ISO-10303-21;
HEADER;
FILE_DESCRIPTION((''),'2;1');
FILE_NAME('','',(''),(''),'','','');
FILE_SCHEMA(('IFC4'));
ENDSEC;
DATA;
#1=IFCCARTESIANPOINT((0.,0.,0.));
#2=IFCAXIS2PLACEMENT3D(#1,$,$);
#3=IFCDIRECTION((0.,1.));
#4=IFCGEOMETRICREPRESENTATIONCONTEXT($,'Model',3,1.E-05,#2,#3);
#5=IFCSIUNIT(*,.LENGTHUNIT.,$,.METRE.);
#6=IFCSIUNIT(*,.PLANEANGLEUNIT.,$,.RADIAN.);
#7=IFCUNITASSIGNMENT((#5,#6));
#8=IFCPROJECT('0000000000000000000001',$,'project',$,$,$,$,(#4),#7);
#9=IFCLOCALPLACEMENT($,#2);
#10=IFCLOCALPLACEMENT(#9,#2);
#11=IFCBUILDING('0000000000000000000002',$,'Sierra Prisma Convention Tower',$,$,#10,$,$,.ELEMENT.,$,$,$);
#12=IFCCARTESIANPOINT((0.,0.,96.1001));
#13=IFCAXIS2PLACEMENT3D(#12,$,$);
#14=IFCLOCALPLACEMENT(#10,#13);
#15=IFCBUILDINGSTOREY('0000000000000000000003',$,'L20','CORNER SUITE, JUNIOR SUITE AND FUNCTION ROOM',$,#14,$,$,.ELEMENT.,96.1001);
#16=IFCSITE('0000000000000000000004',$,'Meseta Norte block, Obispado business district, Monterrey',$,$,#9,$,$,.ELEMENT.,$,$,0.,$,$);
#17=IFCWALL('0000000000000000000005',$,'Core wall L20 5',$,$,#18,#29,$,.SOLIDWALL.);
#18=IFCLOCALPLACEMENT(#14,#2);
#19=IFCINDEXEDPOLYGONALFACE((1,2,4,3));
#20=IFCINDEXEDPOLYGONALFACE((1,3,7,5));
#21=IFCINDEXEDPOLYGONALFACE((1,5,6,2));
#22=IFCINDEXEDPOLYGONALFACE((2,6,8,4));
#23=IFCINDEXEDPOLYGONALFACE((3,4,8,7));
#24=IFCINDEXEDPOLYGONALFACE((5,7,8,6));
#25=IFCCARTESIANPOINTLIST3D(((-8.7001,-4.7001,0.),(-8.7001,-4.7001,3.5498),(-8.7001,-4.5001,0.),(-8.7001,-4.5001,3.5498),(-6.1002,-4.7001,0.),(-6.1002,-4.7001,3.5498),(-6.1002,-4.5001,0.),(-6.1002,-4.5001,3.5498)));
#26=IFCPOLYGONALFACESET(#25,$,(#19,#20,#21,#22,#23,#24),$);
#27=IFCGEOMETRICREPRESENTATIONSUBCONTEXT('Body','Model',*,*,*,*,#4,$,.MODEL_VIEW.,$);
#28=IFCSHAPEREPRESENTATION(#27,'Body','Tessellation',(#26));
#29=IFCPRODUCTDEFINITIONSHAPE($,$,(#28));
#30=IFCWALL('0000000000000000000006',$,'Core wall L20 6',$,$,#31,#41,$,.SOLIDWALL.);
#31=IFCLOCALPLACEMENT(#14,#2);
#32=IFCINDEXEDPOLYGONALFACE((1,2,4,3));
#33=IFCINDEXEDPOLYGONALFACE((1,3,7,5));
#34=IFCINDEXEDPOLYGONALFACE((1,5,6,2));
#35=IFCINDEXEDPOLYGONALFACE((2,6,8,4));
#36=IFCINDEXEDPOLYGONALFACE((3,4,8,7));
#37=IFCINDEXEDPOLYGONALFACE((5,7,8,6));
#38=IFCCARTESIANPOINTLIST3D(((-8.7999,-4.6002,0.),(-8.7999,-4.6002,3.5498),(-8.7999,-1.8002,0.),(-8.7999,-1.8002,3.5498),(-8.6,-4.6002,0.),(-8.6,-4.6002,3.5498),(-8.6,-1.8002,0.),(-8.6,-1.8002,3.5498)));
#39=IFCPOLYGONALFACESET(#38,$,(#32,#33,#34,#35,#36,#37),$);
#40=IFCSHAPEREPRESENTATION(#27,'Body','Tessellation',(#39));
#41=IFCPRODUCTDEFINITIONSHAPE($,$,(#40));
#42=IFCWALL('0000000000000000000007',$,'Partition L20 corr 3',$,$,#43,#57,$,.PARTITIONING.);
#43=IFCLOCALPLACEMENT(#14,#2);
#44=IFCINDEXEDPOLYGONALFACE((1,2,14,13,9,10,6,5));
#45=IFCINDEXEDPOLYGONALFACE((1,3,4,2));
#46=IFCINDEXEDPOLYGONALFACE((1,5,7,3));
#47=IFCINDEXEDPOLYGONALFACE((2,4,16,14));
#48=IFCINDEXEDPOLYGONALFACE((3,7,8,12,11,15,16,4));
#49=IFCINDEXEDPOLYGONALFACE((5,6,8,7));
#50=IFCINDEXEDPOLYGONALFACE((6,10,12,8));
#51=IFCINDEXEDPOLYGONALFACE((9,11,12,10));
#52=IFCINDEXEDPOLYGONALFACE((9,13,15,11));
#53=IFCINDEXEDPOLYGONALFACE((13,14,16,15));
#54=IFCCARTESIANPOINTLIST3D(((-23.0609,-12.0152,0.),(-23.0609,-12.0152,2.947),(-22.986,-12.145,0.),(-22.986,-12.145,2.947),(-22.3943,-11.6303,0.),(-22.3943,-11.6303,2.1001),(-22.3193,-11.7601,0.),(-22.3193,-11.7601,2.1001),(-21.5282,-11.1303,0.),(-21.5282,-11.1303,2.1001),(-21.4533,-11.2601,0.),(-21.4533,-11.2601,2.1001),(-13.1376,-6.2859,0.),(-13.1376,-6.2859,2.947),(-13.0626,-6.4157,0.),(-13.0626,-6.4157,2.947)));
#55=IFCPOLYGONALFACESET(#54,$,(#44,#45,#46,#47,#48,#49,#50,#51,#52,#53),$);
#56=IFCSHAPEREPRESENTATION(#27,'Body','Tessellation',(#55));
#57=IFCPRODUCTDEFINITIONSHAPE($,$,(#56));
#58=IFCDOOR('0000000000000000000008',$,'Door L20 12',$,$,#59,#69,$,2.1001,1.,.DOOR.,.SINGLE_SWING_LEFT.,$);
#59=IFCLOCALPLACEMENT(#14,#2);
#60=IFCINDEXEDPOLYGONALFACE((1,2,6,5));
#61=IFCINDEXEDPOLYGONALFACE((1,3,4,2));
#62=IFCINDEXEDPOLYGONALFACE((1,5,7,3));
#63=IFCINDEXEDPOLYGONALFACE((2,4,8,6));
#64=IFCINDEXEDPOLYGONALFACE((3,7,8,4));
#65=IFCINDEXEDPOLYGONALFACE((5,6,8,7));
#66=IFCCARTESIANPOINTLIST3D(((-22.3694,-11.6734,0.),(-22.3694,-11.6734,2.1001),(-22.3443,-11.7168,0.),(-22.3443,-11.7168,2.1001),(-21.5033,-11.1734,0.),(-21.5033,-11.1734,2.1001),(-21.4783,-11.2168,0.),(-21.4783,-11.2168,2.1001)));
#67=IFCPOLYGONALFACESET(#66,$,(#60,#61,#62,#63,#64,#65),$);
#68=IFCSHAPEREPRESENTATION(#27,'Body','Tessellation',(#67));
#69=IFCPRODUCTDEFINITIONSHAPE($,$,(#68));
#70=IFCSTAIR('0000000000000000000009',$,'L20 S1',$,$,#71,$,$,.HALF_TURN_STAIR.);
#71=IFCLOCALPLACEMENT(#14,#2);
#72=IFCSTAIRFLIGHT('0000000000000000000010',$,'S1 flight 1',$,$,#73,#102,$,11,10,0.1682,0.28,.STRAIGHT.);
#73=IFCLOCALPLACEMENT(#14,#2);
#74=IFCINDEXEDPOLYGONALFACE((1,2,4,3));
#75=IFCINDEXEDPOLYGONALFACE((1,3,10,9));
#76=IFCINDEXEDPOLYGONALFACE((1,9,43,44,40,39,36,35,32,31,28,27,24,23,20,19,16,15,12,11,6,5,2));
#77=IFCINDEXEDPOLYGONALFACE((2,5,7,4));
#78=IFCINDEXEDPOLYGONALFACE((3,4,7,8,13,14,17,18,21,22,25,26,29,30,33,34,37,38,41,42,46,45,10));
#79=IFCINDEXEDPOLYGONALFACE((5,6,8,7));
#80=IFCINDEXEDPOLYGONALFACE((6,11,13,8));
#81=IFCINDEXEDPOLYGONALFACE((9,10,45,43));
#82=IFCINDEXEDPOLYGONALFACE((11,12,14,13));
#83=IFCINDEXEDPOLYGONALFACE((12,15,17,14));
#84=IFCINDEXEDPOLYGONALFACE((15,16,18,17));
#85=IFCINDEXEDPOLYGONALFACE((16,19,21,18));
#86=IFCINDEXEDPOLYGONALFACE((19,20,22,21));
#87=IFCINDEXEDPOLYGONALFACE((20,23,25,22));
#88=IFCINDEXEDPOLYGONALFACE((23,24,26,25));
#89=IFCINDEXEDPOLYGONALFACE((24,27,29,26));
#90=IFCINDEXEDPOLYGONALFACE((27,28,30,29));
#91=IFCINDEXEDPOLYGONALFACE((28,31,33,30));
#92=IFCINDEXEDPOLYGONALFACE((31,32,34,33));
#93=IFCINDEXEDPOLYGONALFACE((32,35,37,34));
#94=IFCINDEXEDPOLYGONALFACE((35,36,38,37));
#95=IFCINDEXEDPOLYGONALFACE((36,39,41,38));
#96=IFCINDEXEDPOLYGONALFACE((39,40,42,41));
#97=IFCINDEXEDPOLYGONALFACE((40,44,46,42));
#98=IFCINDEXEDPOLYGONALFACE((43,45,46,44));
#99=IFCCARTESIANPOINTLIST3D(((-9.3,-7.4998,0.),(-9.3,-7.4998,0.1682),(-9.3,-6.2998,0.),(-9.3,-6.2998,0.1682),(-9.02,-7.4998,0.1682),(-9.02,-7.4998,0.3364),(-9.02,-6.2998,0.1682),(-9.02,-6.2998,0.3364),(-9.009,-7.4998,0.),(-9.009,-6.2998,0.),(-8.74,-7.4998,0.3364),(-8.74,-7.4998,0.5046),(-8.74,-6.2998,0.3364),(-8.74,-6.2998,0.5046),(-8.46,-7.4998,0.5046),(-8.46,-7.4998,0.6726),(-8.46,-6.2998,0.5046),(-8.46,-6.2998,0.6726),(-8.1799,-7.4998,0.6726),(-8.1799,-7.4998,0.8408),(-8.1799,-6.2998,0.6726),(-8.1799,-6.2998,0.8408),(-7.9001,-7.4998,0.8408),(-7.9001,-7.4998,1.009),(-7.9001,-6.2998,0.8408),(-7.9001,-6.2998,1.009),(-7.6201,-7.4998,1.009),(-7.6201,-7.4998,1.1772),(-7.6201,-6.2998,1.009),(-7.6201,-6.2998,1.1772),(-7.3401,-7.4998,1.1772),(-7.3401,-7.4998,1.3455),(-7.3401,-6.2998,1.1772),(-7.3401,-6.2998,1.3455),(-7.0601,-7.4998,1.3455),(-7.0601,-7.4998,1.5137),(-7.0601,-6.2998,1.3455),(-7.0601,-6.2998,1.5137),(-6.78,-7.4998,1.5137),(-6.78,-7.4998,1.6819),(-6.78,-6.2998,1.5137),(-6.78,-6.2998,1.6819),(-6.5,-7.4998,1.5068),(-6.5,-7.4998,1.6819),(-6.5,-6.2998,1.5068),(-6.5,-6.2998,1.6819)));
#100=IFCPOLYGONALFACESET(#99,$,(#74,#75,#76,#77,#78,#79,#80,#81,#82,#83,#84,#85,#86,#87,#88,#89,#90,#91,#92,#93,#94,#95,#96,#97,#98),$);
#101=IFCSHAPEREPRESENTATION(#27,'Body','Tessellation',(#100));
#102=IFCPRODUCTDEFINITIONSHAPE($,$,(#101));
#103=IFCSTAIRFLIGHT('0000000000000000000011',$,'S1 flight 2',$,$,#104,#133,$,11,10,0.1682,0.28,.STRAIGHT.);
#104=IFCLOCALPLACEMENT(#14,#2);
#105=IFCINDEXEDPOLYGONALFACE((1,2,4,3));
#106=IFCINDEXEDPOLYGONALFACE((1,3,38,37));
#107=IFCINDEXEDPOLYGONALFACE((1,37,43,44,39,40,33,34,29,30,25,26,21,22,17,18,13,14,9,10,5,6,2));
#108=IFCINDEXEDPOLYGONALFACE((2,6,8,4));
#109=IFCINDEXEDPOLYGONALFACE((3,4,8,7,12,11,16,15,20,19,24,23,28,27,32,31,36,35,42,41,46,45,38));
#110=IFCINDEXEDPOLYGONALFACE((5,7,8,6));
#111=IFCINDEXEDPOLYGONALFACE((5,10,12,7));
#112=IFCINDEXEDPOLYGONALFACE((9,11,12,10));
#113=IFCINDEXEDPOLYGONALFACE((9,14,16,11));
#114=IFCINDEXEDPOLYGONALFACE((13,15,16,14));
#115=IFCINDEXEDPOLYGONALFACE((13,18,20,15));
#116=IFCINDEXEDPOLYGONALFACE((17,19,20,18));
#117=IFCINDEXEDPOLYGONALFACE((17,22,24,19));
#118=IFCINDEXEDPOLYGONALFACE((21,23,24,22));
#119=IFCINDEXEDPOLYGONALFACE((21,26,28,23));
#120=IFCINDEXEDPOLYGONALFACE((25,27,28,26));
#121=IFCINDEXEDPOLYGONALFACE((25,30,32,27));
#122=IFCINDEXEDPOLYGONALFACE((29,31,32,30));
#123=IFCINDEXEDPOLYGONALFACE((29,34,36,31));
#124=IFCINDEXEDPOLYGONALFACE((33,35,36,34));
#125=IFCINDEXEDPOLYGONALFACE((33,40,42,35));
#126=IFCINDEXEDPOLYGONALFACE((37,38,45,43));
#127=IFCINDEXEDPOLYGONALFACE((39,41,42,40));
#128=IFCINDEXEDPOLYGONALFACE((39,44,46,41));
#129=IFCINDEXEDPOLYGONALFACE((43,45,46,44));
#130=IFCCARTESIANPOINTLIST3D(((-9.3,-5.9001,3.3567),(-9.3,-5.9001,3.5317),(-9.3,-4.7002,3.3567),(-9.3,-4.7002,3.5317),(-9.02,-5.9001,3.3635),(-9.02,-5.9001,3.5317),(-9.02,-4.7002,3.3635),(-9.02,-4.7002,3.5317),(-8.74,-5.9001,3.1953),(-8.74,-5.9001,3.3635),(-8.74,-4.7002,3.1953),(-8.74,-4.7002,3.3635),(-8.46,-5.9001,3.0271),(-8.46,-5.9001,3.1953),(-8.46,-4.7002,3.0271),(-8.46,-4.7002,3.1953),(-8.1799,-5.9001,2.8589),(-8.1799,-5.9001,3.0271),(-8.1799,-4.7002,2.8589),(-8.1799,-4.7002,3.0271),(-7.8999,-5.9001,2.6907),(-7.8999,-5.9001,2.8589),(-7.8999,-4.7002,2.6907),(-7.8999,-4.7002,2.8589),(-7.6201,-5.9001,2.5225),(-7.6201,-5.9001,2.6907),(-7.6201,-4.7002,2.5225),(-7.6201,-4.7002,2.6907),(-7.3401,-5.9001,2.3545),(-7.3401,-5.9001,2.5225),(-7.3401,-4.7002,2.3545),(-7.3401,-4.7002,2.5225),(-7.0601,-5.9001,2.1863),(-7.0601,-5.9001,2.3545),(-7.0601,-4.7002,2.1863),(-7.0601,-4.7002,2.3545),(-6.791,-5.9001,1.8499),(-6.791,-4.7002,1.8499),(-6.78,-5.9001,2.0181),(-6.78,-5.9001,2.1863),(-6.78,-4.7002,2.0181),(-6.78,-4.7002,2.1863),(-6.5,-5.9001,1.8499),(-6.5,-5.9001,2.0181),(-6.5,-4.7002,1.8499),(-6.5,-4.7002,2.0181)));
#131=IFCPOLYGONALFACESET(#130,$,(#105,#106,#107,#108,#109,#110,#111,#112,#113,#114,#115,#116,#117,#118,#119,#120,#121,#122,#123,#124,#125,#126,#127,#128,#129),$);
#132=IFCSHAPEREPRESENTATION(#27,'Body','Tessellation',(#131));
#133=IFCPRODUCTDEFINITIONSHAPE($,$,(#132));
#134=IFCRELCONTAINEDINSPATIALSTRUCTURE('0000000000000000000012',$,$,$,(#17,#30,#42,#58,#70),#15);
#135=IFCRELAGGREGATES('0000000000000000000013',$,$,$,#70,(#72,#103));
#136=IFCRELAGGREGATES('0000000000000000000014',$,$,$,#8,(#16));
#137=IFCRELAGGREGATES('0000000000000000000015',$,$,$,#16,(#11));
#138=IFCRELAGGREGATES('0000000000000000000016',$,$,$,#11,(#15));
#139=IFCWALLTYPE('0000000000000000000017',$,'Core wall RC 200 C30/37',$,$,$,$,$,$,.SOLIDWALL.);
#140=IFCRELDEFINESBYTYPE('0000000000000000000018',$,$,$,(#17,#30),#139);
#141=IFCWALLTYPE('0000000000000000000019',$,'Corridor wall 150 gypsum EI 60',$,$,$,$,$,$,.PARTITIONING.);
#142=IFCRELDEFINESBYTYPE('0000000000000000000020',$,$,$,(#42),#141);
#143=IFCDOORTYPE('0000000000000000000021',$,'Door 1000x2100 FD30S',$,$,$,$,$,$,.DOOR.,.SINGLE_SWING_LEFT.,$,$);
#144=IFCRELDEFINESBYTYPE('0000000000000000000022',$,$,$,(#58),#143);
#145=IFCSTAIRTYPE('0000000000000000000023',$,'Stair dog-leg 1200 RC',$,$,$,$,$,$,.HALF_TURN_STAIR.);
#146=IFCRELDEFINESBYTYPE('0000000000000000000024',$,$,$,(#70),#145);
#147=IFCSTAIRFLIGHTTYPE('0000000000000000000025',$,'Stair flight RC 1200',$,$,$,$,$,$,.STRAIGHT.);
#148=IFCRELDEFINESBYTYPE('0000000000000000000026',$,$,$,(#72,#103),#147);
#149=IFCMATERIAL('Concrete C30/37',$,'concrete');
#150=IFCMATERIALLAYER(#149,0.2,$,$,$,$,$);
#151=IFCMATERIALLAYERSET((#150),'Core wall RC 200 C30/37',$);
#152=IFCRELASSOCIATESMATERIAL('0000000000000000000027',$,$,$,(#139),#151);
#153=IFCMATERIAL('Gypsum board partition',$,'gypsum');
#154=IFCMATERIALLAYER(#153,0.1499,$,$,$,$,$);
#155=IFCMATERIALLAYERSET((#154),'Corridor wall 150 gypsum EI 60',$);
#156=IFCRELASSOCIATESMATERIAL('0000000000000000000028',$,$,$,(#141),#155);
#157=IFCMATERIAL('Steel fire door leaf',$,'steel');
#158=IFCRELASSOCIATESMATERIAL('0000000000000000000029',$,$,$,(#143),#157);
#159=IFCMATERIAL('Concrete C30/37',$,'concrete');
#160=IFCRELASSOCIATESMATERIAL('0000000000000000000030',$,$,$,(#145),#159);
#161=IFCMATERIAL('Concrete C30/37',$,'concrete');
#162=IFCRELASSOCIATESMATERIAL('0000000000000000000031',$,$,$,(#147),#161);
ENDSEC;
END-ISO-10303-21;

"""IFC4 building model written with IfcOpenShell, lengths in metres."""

from ifc_helpers import new_model, si_unit, direction, frame, frame_2d, origin, place, context, subcontext, project, spatial, polyline, rectangle, outline, extrude, material, layer, layer_set, type_object, element, fill, aggregate, save


model = new_model("IFC4")

# Units and contexts
model_context = context("Model", 3, precision=1e-05, world=origin(), true_north=direction((0.0, 1.0)))
body_context = subcontext(model_context, "Body", "Model", "MODEL_VIEW")
ifc_project = project(units=[si_unit("LENGTHUNIT", "METRE"), si_unit("PLANEANGLEUNIT", "RADIAN")], contexts=[model_context])

# Site, building, storey
site_placement = place(None, origin())
site = spatial("IfcSite", under=ifc_project, at=site_placement, Name="Meseta Norte block, Obispado business district, Monterrey", CompositionType="ELEMENT", RefElevation=0.0)
building_placement = place(site_placement, origin())
building = spatial("IfcBuilding", under=site, at=building_placement, Name="Sierra Prisma Convention Tower", CompositionType="ELEMENT")
storey_placement = place(building_placement, frame((0.0, 0.0, 96.1001)))
storey = spatial("IfcBuildingStorey", under=building, at=storey_placement, Name="L20", Description="CORNER SUITE, JUNIOR SUITE AND FUNCTION ROOM", CompositionType="ELEMENT", Elevation=96.1001)

# Shared definitions
ifc_material_1 = material(Name="Concrete C30/37", Category="concrete")
ifc_layer_1 = layer(ifc_material_1, 0.2)
ifc_layer_set_1 = layer_set([ifc_layer_1], Name="Core wall RC 200 C30/37")
wall_type_1 = type_object("IfcWallType", Name="Core wall RC 200 C30/37", PredefinedType="SOLIDWALL", material=ifc_layer_set_1)

# Walls
wall_1_placement = place(storey_placement, frame((-8.7, -4.6001, 0.0), z_axis=(0.0, 0.0, 1.0), x_axis=(1.0, 0.0, 0.0)))
element("IfcWall", 1, at=wall_1_placement, inside=storey, type_object=wall_type_1, Name="Core wall L20 5", PredefinedType="SOLIDWALL", context=body_context, shape_type="SweptSolid", body=[
    extrude(rectangle(XDim=2.5999, YDim=0.2, at=frame_2d((1.2998, 0.0))), origin(), (0.0, 0.0, 1.0), 3.5498),
])
wall_2_placement = place(storey_placement, frame((-8.7, -4.6001, 0.0), z_axis=(0.0, 0.0, 1.0), x_axis=(0.0, 1.0, 0.0)))
element("IfcWall", 2, at=wall_2_placement, inside=storey, type_object=wall_type_1, Name="Core wall L20 6", PredefinedType="SOLIDWALL", context=body_context, shape_type="SweptSolid", body=[
    extrude(rectangle(XDim=2.8, YDim=0.2, at=frame_2d((1.3999, 0.0))), origin(), (0.0, 0.0, 1.0), 3.5498),
])

# Wall, opening, door
ifc_material_2 = material(Name="Gypsum board partition", Category="gypsum")
ifc_layer_2 = layer(ifc_material_2, 0.1499)
ifc_layer_set_2 = layer_set([ifc_layer_2], Name="Corridor wall 150 gypsum EI 60")
wall_type_2 = type_object("IfcWallType", Name="Corridor wall 150 gypsum EI 60", PredefinedType="PARTITIONING", material=ifc_layer_set_2)
wall_3_placement = place(storey_placement, frame((-13.1001, -6.3508, 0.0), z_axis=(0.0, 0.0, 1.0), x_axis=(-0.866025, -0.5, 0.0)))
wall_3 = element("IfcWall", 3, at=wall_3_placement, inside=storey, type_object=wall_type_2, Name="Partition L20 corr 3", PredefinedType="PARTITIONING", context=body_context, shape_type="SweptSolid", body=[
    extrude(rectangle(XDim=11.4585, YDim=0.1499, at=frame_2d((5.7292, 0.0))), origin(), (0.0, 0.0, 1.0), 2.947),
])
opening_1_placement = place(wall_3_placement, frame((9.6887, 0.0, 0.0)))
opening_1 = element("IfcOpeningElement", 4, at=opening_1_placement, cuts=wall_3, PredefinedType="OPENING", context=body_context, shape_type="SweptSolid", body=[
    extrude(rectangle(XDim=1.0, YDim=2.1001, at=frame_2d((0.5, 1.05))), frame((0.0, 0.075, 0.0), z_axis=(0.0, -1.0, 0.0), x_axis=(1.0, 0.0, 0.0)), (0.0, 0.0, 1.0), 0.1499),
])
ifc_material_3 = material(Name="Steel fire door leaf", Category="steel")
door_type_1 = type_object("IfcDoorType", Name="Door 1000x2100 FD30S", OperationType="SINGLE_SWING_LEFT", PredefinedType="DOOR", material=ifc_material_3)
door_1_placement = place(opening_1_placement, origin())
door_1 = element("IfcDoor", 5, at=door_1_placement, inside=storey, type_object=door_type_1, Name="Door L20 12", OperationType="SINGLE_SWING_LEFT", OverallHeight=2.1001, OverallWidth=1.0, PredefinedType="DOOR", context=body_context, shape_type="SweptSolid", body=[
    extrude(rectangle(XDim=1.0, YDim=2.1001, at=frame_2d((0.5, 1.05))), frame((0.0, 0.0249, 0.0), z_axis=(0.0, -1.0, 0.0), x_axis=(1.0, 0.0, 0.0)), (0.0, 0.0, 1.0), 0.05),
])
fill(opening_1, door_1)

# Stair, stair flights
ifc_material_4 = material(Name="Concrete C30/37", Category="concrete")
stair_type = type_object("IfcStairType", Name="Stair dog-leg 1200 RC", PredefinedType="HALF_TURN_STAIR", material=ifc_material_4)
stair_placement = place(storey_placement, origin())
stair = element("IfcStair", 6, at=stair_placement, inside=storey, type_object=stair_type, Name="L20 S1", PredefinedType="HALF_TURN_STAIR")
ifc_material_5 = material(Name="Concrete C30/37", Category="concrete")
stair_flight_type = type_object("IfcStairFlightType", Name="Stair flight RC 1200", PredefinedType="STRAIGHT", material=ifc_material_5)
stair_flight_1_placement = place(storey_placement, frame((-9.3, -6.8999, 0.0), z_axis=(0.0, 0.0, 1.0), x_axis=(1.0, 0.0, 0.0)))
stair_flight_1 = element("IfcStairFlight", 7, at=stair_flight_1_placement, type_object=stair_flight_type, Name="S1 flight 1", NumberOfRisers=11, NumberOfTreads=10, PredefinedType="STRAIGHT", RiserHeight=0.1682, TreadLength=0.28, context=body_context, shape_type="SweptSolid", body=[
    extrude(outline(polyline([(0.0, 0.0), (0.0, 0.1682), (0.28, 0.1682), (0.28, 0.3364), (0.5601, 0.3364), (0.5601, 0.5046), (0.8401, 0.5046), (0.8401, 0.6726), (1.1201, 0.6726), (1.1201, 0.8408), (1.3999, 0.8408), (1.3999, 1.009), (1.6799, 1.009), (1.6799, 1.1772), (1.96, 1.1772), (1.96, 1.3455), (2.24, 1.3455), (2.24, 1.5137), (2.52, 1.5137), (2.52, 1.6819), (2.8, 1.6819), (2.8, 1.8501), (2.8, 1.5068), (0.291, 0.0), (0.0, 0.0)])), frame((0.0, 0.6001, 0.0), z_axis=(0.0, -1.0, 0.0), x_axis=(1.0, 0.0, 0.0)), (0.0, 0.0, 1.0), 1.2),
])
stair_flight_2_placement = place(storey_placement, frame((-6.5, -5.3, 1.8499), z_axis=(0.0, 0.0, 1.0), x_axis=(-1.0, 0.0, 0.0)))
stair_flight_2 = element("IfcStairFlight", 8, at=stair_flight_2_placement, type_object=stair_flight_type, Name="S1 flight 2", NumberOfRisers=11, NumberOfTreads=10, PredefinedType="STRAIGHT", RiserHeight=0.1682, TreadLength=0.28, context=body_context, shape_type="SweptSolid", body=[
    extrude(outline(polyline([(0.0, 0.0), (0.0, 0.1682), (0.28, 0.1682), (0.28, 0.3364), (0.5601, 0.3364), (0.5601, 0.5046), (0.8401, 0.5046), (0.8401, 0.6726), (1.1201, 0.6726), (1.1201, 0.8408), (1.3999, 0.8408), (1.3999, 1.009), (1.6799, 1.009), (1.6799, 1.1772), (1.96, 1.1772), (1.96, 1.3455), (2.24, 1.3455), (2.24, 1.5137), (2.52, 1.5137), (2.52, 1.6819), (2.8, 1.6819), (2.8, 1.8501), (2.8, 1.5068), (0.291, 0.0), (0.0, 0.0)])), frame((0.0, 0.6001, 0.0), z_axis=(0.0, -1.0, 0.0), x_axis=(1.0, 0.0, 0.0)), (0.0, 0.0, 1.0), 1.2),
])
aggregate(stair, [stair_flight_1, stair_flight_2])

save(model, "model.ifc")
